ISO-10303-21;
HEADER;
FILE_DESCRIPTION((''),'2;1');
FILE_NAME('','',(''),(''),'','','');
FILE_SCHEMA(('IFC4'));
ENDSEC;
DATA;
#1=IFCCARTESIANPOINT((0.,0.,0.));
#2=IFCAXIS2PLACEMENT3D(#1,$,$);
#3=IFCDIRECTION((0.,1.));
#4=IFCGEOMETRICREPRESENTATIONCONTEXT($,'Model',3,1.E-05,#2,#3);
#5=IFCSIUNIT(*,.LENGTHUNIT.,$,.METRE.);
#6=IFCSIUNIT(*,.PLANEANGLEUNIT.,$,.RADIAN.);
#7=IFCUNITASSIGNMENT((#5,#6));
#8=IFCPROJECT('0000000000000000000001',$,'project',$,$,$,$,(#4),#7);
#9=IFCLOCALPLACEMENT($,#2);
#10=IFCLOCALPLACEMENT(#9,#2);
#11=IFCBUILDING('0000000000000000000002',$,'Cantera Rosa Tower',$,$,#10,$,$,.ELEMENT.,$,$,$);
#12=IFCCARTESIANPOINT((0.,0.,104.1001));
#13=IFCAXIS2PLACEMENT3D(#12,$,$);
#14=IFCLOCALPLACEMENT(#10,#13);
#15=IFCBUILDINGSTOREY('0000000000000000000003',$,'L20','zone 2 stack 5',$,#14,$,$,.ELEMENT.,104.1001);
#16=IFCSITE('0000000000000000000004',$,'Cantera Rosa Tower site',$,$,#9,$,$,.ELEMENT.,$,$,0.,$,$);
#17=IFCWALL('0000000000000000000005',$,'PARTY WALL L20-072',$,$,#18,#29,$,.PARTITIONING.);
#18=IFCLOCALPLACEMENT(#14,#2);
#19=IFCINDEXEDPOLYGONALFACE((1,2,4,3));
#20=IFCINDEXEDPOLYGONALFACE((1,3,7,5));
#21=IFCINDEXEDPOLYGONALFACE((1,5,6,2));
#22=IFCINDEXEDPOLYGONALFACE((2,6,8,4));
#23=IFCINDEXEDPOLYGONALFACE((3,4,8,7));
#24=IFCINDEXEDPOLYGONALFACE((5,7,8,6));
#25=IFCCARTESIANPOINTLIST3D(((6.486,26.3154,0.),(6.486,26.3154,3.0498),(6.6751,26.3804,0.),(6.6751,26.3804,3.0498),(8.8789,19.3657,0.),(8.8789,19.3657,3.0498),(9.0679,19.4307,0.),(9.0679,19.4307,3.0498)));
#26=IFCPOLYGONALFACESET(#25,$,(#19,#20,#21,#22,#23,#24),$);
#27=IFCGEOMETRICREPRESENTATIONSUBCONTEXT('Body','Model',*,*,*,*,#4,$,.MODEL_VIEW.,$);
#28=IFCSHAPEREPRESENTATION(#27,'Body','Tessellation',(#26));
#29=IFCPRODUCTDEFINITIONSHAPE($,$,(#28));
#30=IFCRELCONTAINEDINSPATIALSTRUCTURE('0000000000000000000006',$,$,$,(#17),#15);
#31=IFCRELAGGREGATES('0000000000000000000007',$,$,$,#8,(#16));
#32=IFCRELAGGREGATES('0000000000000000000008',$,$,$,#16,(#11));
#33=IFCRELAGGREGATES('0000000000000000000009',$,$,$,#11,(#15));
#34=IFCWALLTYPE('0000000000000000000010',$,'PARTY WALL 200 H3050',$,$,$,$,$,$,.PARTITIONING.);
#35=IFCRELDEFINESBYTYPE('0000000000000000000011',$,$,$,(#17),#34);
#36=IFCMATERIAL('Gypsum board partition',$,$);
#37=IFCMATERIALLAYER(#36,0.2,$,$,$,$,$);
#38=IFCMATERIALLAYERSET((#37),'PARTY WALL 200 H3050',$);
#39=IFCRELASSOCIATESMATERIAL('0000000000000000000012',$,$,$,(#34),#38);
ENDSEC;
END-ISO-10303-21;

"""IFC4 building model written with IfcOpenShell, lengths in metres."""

from ifc_helpers import new_model, si_unit, direction, frame, frame_2d, origin, place, context, subcontext, project, spatial, rectangle, extrude, material, layer, layer_set, type_object, element, save


model = new_model("IFC4")

# Units and contexts
model_context = context("Model", 3, precision=1e-05, world=origin(), true_north=direction((0.0, 1.0)))
body_context = subcontext(model_context, "Body", "Model", "MODEL_VIEW")
ifc_project = project(units=[si_unit("LENGTHUNIT", "METRE"), si_unit("PLANEANGLEUNIT", "RADIAN")], contexts=[model_context])

# Site, building, storey
site_placement = place(None, origin())
site = spatial("IfcSite", under=ifc_project, at=site_placement, Name="Cantera Rosa Tower site", CompositionType="ELEMENT", RefElevation=0.0)
building_placement = place(site_placement, origin())
building = spatial("IfcBuilding", under=site, at=building_placement, Name="Cantera Rosa Tower", CompositionType="ELEMENT")
storey_placement = place(building_placement, frame((0.0, 0.0, 104.1001)))
storey = spatial("IfcBuildingStorey", under=building, at=storey_placement, Name="L20", Description="zone 2 stack 5", CompositionType="ELEMENT", Elevation=104.1001)

# Wall
ifc_material_1 = material(Name="Gypsum board partition")
ifc_layer_1 = layer(ifc_material_1, 0.2)
ifc_layer_set_1 = layer_set([ifc_layer_1], Name="PARTY WALL 200 H3050")
wall_type_1 = type_object("IfcWallType", Name="PARTY WALL 200 H3050", PredefinedType="PARTITIONING", material=ifc_layer_set_1)
wall_1_placement = place(storey_placement, frame((6.5806, 26.3479, 0.0), z_axis=(0.0, 0.0, 1.0), x_axis=(0.325549, -0.945525, 0.0)))
element("IfcWall", 1, at=wall_1_placement, inside=storey, type_object=wall_type_1, Name="PARTY WALL L20-072", PredefinedType="PARTITIONING", context=body_context, shape_type="SweptSolid", body=[
    extrude(rectangle(XDim=7.3501, YDim=0.2, at=frame_2d((3.675, 0.0))), origin(), (0.0, 0.0, 1.0), 3.0498),
])

save(model, "model.ifc")
